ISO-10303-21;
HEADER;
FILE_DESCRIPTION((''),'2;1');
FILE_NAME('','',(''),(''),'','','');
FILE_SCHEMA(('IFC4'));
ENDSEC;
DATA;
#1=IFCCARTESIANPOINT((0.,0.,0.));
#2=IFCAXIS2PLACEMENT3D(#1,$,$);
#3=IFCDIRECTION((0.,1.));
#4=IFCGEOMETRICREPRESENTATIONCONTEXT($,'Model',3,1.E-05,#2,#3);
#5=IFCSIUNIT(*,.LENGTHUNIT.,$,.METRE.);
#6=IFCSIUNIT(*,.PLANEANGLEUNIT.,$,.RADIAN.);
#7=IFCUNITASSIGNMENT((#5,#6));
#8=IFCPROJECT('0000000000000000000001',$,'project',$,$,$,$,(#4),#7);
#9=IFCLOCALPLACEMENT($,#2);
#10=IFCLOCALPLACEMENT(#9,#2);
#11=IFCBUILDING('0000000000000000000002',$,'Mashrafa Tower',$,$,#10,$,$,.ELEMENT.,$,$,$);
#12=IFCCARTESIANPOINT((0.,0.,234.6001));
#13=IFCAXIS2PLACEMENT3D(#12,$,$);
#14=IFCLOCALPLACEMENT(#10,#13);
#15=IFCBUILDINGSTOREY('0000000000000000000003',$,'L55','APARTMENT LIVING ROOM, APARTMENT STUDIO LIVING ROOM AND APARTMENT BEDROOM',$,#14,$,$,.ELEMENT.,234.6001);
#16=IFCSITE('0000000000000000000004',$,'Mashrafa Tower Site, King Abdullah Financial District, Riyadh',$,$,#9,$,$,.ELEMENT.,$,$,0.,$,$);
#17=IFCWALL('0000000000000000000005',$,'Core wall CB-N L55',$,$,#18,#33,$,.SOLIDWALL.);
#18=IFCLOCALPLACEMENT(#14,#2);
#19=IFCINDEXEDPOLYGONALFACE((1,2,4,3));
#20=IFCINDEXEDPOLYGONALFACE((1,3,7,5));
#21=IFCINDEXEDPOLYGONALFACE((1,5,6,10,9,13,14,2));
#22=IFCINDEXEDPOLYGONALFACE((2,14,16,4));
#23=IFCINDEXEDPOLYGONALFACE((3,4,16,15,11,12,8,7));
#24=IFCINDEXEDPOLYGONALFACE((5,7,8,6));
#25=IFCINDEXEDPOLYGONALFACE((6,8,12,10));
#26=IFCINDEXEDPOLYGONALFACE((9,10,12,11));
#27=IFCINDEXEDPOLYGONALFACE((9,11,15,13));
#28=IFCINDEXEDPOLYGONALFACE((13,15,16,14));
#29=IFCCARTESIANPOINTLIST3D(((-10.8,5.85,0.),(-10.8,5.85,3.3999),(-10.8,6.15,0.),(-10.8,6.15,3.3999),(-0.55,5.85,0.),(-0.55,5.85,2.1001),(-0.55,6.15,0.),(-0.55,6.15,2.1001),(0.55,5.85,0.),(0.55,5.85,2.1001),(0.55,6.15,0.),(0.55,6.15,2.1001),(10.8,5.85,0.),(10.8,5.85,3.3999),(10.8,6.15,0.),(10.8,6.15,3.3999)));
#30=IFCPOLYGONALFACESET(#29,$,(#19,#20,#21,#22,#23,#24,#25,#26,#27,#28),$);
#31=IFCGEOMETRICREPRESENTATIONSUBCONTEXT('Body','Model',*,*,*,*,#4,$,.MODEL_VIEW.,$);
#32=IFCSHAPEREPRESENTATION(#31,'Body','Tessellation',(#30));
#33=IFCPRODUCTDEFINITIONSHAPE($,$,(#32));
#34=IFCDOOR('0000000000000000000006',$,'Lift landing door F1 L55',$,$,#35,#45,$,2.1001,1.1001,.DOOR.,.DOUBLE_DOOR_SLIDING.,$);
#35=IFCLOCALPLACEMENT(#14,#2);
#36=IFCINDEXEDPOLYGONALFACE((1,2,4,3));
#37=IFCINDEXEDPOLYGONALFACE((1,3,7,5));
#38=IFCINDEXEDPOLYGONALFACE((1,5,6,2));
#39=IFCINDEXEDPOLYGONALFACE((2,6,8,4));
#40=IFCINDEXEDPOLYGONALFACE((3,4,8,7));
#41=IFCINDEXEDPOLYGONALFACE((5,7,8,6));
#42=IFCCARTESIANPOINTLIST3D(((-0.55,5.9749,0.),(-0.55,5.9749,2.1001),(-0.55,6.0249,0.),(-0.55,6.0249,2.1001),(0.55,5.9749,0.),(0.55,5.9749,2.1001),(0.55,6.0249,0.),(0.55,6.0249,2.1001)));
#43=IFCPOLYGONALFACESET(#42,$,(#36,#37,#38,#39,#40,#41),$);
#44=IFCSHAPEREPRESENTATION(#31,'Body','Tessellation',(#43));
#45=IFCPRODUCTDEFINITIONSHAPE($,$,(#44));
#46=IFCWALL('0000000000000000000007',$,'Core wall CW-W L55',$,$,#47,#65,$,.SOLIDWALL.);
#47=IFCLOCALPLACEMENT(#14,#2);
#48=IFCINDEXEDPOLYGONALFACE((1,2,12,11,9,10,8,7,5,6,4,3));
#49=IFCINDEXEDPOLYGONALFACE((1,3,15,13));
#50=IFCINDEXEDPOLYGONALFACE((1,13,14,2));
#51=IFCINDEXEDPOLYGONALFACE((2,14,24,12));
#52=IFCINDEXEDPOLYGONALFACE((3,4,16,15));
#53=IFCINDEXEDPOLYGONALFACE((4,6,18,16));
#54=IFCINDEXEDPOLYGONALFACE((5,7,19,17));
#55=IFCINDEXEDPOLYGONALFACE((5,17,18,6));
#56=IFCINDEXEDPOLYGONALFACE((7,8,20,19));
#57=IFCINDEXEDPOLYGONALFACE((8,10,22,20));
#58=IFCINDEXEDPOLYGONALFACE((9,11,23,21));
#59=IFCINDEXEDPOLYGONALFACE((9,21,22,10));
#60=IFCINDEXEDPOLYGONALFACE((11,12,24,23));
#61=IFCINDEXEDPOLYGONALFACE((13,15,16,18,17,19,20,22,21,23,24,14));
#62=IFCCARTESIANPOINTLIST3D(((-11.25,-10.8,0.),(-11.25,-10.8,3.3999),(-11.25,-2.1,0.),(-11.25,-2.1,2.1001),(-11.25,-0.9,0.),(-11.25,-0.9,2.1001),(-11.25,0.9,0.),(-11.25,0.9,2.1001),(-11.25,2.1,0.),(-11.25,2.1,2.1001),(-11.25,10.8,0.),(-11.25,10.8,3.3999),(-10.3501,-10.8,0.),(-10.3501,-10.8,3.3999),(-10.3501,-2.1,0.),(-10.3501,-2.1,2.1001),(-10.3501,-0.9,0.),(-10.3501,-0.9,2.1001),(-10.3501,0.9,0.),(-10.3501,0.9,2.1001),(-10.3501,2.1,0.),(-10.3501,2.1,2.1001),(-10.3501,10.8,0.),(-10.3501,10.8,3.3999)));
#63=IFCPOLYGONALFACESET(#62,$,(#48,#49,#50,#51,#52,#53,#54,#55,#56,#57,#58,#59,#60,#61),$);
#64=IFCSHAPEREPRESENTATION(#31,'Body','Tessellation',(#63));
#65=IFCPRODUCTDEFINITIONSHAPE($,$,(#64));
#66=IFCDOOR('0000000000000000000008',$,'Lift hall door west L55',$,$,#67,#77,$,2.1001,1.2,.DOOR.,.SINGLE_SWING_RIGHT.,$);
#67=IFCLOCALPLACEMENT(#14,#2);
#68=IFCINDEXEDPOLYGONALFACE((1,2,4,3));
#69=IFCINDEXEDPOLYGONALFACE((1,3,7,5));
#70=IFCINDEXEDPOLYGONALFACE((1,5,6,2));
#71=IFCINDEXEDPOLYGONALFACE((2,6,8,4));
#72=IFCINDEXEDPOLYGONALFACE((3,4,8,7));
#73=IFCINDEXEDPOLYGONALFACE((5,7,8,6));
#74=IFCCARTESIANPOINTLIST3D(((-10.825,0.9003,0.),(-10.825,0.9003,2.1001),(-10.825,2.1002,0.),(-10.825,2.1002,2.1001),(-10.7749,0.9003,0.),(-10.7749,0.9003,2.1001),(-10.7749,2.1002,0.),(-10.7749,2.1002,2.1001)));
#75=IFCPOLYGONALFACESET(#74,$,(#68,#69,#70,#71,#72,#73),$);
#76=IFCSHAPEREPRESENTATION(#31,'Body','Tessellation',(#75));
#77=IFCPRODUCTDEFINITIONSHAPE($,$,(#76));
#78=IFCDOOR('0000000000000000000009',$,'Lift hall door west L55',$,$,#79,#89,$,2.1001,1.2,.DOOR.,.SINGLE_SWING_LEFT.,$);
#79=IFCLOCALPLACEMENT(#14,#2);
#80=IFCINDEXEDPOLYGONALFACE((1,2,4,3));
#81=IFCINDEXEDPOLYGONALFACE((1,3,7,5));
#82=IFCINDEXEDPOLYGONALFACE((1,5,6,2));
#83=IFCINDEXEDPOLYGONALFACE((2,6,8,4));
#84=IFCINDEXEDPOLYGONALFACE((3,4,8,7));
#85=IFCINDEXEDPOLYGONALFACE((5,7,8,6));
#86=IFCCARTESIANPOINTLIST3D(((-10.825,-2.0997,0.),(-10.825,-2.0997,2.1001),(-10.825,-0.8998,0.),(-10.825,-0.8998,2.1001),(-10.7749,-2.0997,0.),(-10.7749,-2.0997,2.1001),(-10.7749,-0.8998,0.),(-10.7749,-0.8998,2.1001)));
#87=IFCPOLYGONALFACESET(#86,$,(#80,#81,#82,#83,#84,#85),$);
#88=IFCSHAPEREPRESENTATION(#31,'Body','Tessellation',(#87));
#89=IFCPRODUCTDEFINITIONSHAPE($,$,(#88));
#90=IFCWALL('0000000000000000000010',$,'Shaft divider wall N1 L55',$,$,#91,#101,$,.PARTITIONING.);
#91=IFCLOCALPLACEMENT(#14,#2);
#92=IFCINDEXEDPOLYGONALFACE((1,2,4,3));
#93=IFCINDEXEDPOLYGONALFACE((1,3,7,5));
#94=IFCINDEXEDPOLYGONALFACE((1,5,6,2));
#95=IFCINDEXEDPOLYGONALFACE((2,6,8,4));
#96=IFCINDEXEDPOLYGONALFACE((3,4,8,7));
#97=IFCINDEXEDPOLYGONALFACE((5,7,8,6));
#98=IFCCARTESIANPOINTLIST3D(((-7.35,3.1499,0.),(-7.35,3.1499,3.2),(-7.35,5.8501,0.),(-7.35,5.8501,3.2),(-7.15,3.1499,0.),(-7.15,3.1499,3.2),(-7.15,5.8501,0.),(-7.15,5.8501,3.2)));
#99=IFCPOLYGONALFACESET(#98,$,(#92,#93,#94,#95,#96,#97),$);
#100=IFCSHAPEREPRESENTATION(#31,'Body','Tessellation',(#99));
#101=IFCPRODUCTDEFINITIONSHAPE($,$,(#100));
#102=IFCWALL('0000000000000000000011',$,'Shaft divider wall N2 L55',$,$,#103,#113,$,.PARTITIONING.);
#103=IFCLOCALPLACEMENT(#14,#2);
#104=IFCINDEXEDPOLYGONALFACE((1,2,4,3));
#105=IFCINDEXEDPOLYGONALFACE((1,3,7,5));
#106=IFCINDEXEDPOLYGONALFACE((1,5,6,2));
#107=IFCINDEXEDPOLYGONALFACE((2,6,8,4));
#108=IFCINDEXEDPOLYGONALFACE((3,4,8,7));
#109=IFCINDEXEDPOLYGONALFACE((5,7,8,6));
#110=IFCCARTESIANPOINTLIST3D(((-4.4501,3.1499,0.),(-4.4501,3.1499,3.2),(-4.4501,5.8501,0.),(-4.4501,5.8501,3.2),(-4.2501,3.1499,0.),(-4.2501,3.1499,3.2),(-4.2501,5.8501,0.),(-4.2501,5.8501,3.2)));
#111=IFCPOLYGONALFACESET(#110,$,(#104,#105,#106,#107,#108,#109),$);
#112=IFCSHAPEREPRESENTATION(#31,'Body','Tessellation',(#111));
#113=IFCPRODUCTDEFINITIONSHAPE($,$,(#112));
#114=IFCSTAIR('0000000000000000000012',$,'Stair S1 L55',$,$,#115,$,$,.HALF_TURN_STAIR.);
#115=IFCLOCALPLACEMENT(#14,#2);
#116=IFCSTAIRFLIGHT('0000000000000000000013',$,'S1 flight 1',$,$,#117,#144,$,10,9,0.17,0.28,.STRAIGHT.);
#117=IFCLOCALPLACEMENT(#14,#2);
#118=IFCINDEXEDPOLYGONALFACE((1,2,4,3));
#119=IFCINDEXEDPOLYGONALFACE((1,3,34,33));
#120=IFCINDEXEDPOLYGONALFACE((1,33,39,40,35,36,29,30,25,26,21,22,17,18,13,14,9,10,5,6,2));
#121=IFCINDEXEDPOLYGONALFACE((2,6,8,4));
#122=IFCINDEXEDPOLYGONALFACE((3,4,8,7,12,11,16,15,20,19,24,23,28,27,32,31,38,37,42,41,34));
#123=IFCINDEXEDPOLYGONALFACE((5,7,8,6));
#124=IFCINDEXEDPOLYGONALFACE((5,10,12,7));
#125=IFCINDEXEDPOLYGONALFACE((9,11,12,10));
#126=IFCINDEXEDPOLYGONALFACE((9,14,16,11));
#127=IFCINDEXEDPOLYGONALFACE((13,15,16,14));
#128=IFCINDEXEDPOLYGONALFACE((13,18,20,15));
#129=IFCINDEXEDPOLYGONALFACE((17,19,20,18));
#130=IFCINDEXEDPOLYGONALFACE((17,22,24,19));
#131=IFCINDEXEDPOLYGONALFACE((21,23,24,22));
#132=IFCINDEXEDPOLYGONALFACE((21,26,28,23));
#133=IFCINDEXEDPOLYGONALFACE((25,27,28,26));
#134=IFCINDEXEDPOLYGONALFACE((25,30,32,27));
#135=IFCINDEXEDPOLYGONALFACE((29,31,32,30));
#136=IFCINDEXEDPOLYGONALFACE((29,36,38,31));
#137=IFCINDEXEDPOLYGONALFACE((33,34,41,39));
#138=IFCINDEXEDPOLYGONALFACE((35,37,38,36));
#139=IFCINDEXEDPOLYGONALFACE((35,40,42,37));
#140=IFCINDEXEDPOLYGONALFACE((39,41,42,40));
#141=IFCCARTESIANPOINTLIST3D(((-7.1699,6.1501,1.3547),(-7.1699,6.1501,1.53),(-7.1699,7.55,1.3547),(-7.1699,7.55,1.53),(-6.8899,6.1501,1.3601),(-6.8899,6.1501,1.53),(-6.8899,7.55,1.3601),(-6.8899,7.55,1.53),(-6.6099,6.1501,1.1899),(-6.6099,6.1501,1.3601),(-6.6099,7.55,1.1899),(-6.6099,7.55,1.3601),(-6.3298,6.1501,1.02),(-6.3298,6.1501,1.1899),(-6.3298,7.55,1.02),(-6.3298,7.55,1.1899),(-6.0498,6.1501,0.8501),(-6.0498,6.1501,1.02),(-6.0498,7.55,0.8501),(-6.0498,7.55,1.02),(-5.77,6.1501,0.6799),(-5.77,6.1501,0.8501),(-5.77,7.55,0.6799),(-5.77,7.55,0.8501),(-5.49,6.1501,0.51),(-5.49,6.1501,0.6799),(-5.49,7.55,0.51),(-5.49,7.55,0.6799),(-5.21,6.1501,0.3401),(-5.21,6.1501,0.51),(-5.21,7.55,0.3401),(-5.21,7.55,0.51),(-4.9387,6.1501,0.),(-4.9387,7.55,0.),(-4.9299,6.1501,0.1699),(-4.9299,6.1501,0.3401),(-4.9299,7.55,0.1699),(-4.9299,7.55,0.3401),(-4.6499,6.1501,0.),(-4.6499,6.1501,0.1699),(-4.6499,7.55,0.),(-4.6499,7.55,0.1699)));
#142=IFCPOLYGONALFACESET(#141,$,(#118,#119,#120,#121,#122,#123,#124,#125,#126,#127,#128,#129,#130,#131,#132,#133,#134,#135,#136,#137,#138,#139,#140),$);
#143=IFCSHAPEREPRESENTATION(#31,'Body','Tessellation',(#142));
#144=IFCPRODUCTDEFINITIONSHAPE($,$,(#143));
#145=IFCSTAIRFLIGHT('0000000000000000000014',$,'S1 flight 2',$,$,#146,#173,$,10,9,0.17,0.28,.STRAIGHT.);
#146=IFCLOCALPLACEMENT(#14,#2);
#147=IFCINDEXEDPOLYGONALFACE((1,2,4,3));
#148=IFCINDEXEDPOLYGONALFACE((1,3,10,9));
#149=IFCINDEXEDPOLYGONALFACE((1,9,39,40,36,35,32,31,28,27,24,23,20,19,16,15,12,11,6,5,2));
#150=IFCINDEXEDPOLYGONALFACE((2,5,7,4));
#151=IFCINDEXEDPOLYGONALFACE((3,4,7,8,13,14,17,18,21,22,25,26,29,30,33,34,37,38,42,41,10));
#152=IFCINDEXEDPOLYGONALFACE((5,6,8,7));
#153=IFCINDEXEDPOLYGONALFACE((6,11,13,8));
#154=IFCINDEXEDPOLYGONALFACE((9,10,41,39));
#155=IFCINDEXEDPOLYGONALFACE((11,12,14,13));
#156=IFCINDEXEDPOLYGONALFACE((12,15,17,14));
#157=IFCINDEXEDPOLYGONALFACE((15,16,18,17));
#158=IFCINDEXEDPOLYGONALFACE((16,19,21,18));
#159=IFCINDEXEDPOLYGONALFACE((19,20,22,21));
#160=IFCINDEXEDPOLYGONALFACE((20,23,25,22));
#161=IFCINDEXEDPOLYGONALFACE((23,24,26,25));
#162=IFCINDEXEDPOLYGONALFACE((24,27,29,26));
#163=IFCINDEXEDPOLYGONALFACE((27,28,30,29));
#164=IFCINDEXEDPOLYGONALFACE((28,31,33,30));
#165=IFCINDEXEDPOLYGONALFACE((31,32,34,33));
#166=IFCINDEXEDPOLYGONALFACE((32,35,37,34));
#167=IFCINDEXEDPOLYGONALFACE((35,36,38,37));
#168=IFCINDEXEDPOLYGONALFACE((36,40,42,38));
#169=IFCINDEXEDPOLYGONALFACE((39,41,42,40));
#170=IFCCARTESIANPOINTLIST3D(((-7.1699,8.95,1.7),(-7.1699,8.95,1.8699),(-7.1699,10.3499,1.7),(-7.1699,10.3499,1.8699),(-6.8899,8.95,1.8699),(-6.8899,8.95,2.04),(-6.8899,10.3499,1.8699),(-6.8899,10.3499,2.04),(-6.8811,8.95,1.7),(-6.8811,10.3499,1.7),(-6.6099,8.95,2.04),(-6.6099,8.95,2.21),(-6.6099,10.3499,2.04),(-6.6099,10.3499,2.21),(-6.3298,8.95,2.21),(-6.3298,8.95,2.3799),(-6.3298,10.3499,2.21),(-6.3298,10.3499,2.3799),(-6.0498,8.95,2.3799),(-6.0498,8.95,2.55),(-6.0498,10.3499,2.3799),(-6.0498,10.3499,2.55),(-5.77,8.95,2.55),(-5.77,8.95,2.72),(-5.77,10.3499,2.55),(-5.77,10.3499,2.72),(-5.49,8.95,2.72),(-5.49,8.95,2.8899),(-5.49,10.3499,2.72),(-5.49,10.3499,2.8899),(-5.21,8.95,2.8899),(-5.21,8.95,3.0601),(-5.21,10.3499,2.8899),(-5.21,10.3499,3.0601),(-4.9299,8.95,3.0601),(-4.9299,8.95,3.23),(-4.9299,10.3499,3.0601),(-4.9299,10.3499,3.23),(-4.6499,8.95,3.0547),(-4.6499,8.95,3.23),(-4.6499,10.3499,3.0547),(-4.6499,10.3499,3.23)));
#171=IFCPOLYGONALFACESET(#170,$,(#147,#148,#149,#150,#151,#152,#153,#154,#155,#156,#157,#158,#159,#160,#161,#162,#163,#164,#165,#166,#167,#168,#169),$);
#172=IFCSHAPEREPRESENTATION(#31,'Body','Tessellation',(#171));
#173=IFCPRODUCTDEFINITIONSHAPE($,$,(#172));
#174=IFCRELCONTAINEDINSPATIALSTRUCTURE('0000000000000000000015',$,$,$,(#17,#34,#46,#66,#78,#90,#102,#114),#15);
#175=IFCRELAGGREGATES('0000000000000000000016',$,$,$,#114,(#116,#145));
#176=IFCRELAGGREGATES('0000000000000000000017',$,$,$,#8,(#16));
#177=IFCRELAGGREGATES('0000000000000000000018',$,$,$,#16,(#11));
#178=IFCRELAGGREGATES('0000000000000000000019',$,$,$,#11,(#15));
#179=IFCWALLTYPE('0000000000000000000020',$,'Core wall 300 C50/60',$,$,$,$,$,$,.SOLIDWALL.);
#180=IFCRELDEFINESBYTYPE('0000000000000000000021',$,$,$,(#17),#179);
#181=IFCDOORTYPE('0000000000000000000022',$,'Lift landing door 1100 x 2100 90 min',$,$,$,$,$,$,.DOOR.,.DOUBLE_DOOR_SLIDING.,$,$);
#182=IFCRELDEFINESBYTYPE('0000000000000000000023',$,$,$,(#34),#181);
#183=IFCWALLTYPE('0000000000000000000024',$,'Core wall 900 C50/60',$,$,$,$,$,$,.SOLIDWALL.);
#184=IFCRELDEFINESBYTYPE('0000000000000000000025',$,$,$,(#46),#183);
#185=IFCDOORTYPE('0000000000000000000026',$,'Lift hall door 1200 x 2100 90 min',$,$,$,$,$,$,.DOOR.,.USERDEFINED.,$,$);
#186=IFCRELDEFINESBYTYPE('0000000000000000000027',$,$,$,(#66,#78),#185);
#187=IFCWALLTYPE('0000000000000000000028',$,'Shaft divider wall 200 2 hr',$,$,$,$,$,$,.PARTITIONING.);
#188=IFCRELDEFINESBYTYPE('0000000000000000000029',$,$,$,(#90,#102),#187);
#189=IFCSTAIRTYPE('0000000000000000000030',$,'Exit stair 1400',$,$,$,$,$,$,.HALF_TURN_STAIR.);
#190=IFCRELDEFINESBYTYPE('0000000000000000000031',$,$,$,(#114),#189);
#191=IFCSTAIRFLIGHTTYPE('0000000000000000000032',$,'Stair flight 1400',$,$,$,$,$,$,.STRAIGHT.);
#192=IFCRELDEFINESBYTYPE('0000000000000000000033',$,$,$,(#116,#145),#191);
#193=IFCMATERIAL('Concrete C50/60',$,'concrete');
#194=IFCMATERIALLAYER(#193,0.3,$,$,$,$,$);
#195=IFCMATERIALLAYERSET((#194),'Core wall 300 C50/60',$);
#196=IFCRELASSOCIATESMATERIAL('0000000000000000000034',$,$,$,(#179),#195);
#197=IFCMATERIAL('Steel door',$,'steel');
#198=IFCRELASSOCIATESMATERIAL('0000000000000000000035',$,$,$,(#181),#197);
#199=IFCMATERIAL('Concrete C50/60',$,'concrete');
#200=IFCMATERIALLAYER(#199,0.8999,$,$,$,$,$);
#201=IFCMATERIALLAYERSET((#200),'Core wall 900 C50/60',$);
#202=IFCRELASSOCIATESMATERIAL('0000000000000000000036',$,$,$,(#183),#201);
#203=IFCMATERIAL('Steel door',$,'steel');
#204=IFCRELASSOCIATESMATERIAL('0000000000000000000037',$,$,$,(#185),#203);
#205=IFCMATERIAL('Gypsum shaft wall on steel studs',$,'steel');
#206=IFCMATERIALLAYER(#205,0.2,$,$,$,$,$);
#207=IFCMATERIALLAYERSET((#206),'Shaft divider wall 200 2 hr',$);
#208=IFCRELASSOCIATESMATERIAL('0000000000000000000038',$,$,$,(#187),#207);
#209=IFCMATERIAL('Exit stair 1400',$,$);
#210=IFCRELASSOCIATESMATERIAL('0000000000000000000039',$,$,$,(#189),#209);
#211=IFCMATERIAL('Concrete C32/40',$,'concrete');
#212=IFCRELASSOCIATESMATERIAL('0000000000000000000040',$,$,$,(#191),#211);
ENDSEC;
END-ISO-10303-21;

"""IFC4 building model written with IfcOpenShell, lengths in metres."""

from ifc_helpers import new_model, si_unit, direction, frame, frame_2d, origin, place, context, subcontext, project, spatial, polyline, rectangle, outline, extrude, material, layer, layer_set, type_object, element, fill, aggregate, save


model = new_model("IFC4")

# Units and contexts
model_context = context("Model", 3, precision=1e-05, world=origin(), true_north=direction((0.0, 1.0)))
body_context = subcontext(model_context, "Body", "Model", "MODEL_VIEW")
ifc_project = project(units=[si_unit("LENGTHUNIT", "METRE"), si_unit("PLANEANGLEUNIT", "RADIAN")], contexts=[model_context])

# Site, building, storey
site_placement = place(None, origin())
site = spatial("IfcSite", under=ifc_project, at=site_placement, Name="Mashrafa Tower Site, King Abdullah Financial District, Riyadh", CompositionType="ELEMENT", RefElevation=0.0)
building_placement = place(site_placement, origin())
building = spatial("IfcBuilding", under=site, at=building_placement, Name="Mashrafa Tower", CompositionType="ELEMENT")
storey_placement = place(building_placement, frame((0.0, 0.0, 234.6001)))
storey = spatial("IfcBuildingStorey", under=building, at=storey_placement, Name="L55", Description="APARTMENT LIVING ROOM, APARTMENT STUDIO LIVING ROOM AND APARTMENT BEDROOM", CompositionType="ELEMENT", Elevation=234.6001)

# Shared definitions
ifc_material_1 = material(Name="Concrete C50/60", Category="concrete")
ifc_layer_1 = layer(ifc_material_1, 0.3)
ifc_layer_set_1 = layer_set([ifc_layer_1], Name="Core wall 300 C50/60")
wall_type_1 = type_object("IfcWallType", Name="Core wall 300 C50/60", PredefinedType="SOLIDWALL", material=ifc_layer_set_1)

# Wall, opening, door
wall_1_placement = place(storey_placement, frame((-10.8, 6.0, 0.0), z_axis=(0.0, 0.0, 1.0), x_axis=(1.0, 0.0, 0.0)))
wall_1 = element("IfcWall", 1, at=wall_1_placement, inside=storey, type_object=wall_type_1, Name="Core wall CB-N L55", PredefinedType="SOLIDWALL", context=body_context, shape_type="SweptSolid", body=[
    extrude(rectangle(XDim=21.6001, YDim=0.3, at=frame_2d((10.8, 0.0))), origin(), (0.0, 0.0, 1.0), 3.3999),
])
opening_1_placement = place(wall_1_placement, frame((10.25, 0.0, 0.0)))
opening_1 = element("IfcOpeningElement", 2, at=opening_1_placement, cuts=wall_1, PredefinedType="OPENING", context=body_context, shape_type="SweptSolid", body=[
    extrude(rectangle(XDim=1.1001, YDim=2.1001, at=frame_2d((0.55, 1.05))), frame((0.0, 0.1599, 0.0), z_axis=(0.0, -1.0, 0.0), x_axis=(1.0, 0.0, 0.0)), (0.0, 0.0, 1.0), 0.3201),
])
ifc_material_2 = material(Name="Steel door", Category="steel")
door_type_1 = type_object("IfcDoorType", Name="Lift landing door 1100 x 2100 90 min", OperationType="DOUBLE_DOOR_SLIDING", PredefinedType="DOOR", material=ifc_material_2)
door_1_placement = place(opening_1_placement, origin())
door_1 = element("IfcDoor", 3, at=door_1_placement, inside=storey, type_object=door_type_1, Name="Lift landing door F1 L55", OperationType="DOUBLE_DOOR_SLIDING", OverallHeight=2.1001, OverallWidth=1.1001, PredefinedType="DOOR", context=body_context, shape_type="SweptSolid", body=[
    extrude(rectangle(XDim=1.1001, YDim=2.1001, at=frame_2d((0.55, 1.05))), frame((0.0, 0.0249, 0.0), z_axis=(0.0, -1.0, 0.0), x_axis=(1.0, 0.0, 0.0)), (0.0, 0.0, 1.0), 0.05),
])
fill(opening_1, door_1)

# Wall, openings, doors
ifc_material_3 = material(Name="Concrete C50/60", Category="concrete")
ifc_layer_2 = layer(ifc_material_3, 0.8999)
ifc_layer_set_2 = layer_set([ifc_layer_2], Name="Core wall 900 C50/60")
wall_type_2 = type_object("IfcWallType", Name="Core wall 900 C50/60", PredefinedType="SOLIDWALL", material=ifc_layer_set_2)
wall_2_placement = place(storey_placement, frame((-10.8, 10.8, 0.0), z_axis=(0.0, 0.0, 1.0), x_axis=(0.0, -1.0, 0.0)))
wall_2 = element("IfcWall", 4, at=wall_2_placement, inside=storey, type_object=wall_type_2, Name="Core wall CW-W L55", PredefinedType="SOLIDWALL", context=body_context, shape_type="SweptSolid", body=[
    extrude(rectangle(XDim=21.6001, YDim=0.8999, at=frame_2d((10.8, 0.0))), origin(), (0.0, 0.0, 1.0), 3.3999),
])
opening_2_placement = place(wall_2_placement, frame((8.7, 0.0, 0.0)))
opening_2 = element("IfcOpeningElement", 5, at=opening_2_placement, cuts=wall_2, PredefinedType="OPENING", context=body_context, shape_type="SweptSolid", body=[
    extrude(rectangle(XDim=1.2, YDim=2.1001, at=frame_2d((0.6001, 1.05))), frame((0.0, 0.46, 0.0), z_axis=(0.0, -1.0, 0.0), x_axis=(1.0, 0.0, 0.0)), (0.0, 0.0, 1.0), 0.9199),
])
opening_3_placement = place(wall_2_placement, frame((11.7, 0.0, 0.0)))
opening_3 = element("IfcOpeningElement", 6, at=opening_3_placement, cuts=wall_2, PredefinedType="OPENING", context=body_context, shape_type="SweptSolid", body=[
    extrude(rectangle(XDim=1.2, YDim=2.1001, at=frame_2d((0.6001, 1.05))), frame((0.0, 0.46, 0.0), z_axis=(0.0, -1.0, 0.0), x_axis=(1.0, 0.0, 0.0)), (0.0, 0.0, 1.0), 0.9199),
])
ifc_material_4 = material(Name="Steel door", Category="steel")
door_type_2 = type_object("IfcDoorType", Name="Lift hall door 1200 x 2100 90 min", OperationType="USERDEFINED", PredefinedType="DOOR", material=ifc_material_4)
door_2_placement = place(opening_2_placement, frame((1.2, 0.0, 0.0), z_axis=(0.0, 0.0, 1.0), x_axis=(-1.0, 0.0, 0.0)))
door_2 = element("IfcDoor", 7, at=door_2_placement, inside=storey, type_object=door_type_2, Name="Lift hall door west L55", OperationType="SINGLE_SWING_RIGHT", OverallHeight=2.1001, OverallWidth=1.2, PredefinedType="DOOR", context=body_context, shape_type="SweptSolid", body=[
    extrude(rectangle(XDim=1.2, YDim=2.1001, at=frame_2d((0.6001, 1.05))), frame((0.0, 0.0249, 0.0), z_axis=(0.0, -1.0, 0.0), x_axis=(1.0, 0.0, 0.0)), (0.0, 0.0, 1.0), 0.05),
])
fill(opening_2, door_2)
door_3_placement = place(opening_3_placement, frame((1.2, 0.0, 0.0), z_axis=(0.0, 0.0, 1.0), x_axis=(-1.0, 0.0, 0.0)))
door_3 = element("IfcDoor", 8, at=door_3_placement, inside=storey, type_object=door_type_2, Name="Lift hall door west L55", OperationType="SINGLE_SWING_LEFT", OverallHeight=2.1001, OverallWidth=1.2, PredefinedType="DOOR", context=body_context, shape_type="SweptSolid", body=[
    extrude(rectangle(XDim=1.2, YDim=2.1001, at=frame_2d((0.6001, 1.05))), frame((0.0, 0.0249, 0.0), z_axis=(0.0, -1.0, 0.0), x_axis=(1.0, 0.0, 0.0)), (0.0, 0.0, 1.0), 0.05),
])
fill(opening_3, door_3)

# Walls
ifc_material_5 = material(Name="Gypsum shaft wall on steel studs", Category="steel")
ifc_layer_3 = layer(ifc_material_5, 0.2)
ifc_layer_set_3 = layer_set([ifc_layer_3], Name="Shaft divider wall 200 2 hr")
wall_type_3 = type_object("IfcWallType", Name="Shaft divider wall 200 2 hr", PredefinedType="PARTITIONING", material=ifc_layer_set_3)
for number, where, z_axis, x_axis, name in (
    (9, (-7.25, 3.1499, 0.0), (0.0, 0.0, 1.0), (0.0, 1.0, 0.0), "Shaft divider wall N1 L55"),
    (10, (-4.3501, 3.1499, 0.0), (0.0, 0.0, 1.0), (0.0, 1.0, 0.0), "Shaft divider wall N2 L55"),
):
    element("IfcWall", number, at=place(storey_placement, frame(where, z_axis=z_axis, x_axis=x_axis)), inside=storey, type_object=wall_type_3, Name=name, PredefinedType="PARTITIONING", context=body_context, shape_type="SweptSolid", body=[
        extrude(rectangle(XDim=2.7002, YDim=0.2, at=frame_2d((1.3501, 0.0))), origin(), (0.0, 0.0, 1.0), 3.2),
    ])

# Stair, stair flights
ifc_material_6 = material(Name="Exit stair 1400")
stair_type = type_object("IfcStairType", Name="Exit stair 1400", PredefinedType="HALF_TURN_STAIR", material=ifc_material_6)
stair_placement = place(storey_placement, origin())
stair = element("IfcStair", 11, at=stair_placement, inside=storey, type_object=stair_type, Name="Stair S1 L55", PredefinedType="HALF_TURN_STAIR")
ifc_material_7 = material(Name="Concrete C32/40", Category="concrete")
stair_flight_type = type_object("IfcStairFlightType", Name="Stair flight 1400", PredefinedType="STRAIGHT", material=ifc_material_7)
stair_flight_1_placement = place(storey_placement, frame((-4.6499, 6.8501, 0.0), z_axis=(0.0, 0.0, 1.0), x_axis=(-1.0, 0.0, 0.0)))
stair_flight_1 = element("IfcStairFlight", 12, at=stair_flight_1_placement, type_object=stair_flight_type, Name="S1 flight 1", NumberOfRisers=10, NumberOfTreads=9, PredefinedType="STRAIGHT", RiserHeight=0.17, TreadLength=0.28, context=body_context, shape_type="SweptSolid", body=[
    extrude(outline(polyline([(0.0, 0.0), (0.0, 0.1699), (0.28, 0.1699), (0.28, 0.3401), (0.5601, 0.3401), (0.5601, 0.51), (0.8401, 0.51), (0.8401, 0.6799), (1.1201, 0.6799), (1.1201, 0.8501), (1.3999, 0.8501), (1.3999, 1.02), (1.6799, 1.02), (1.6799, 1.1899), (1.96, 1.1899), (1.96, 1.3601), (2.24, 1.3601), (2.24, 1.53), (2.52, 1.53), (2.52, 1.7), (2.52, 1.3547), (0.2888, 0.0), (0.0, 0.0)])), frame((0.0, 0.7, 0.0), z_axis=(0.0, -1.0, 0.0), x_axis=(1.0, 0.0, 0.0)), (0.0, 0.0, 1.0), 1.3999),
])
stair_flight_2_placement = place(storey_placement, frame((-7.1699, 9.6499, 1.7), z_axis=(0.0, 0.0, 1.0), x_axis=(1.0, 0.0, 0.0)))
stair_flight_2 = element("IfcStairFlight", 13, at=stair_flight_2_placement, type_object=stair_flight_type, Name="S1 flight 2", NumberOfRisers=10, NumberOfTreads=9, PredefinedType="STRAIGHT", RiserHeight=0.17, TreadLength=0.28, context=body_context, shape_type="SweptSolid", body=[
    extrude(outline(polyline([(0.0, 0.0), (0.0, 0.1699), (0.28, 0.1699), (0.28, 0.3401), (0.5601, 0.3401), (0.5601, 0.51), (0.8401, 0.51), (0.8401, 0.6799), (1.1201, 0.6799), (1.1201, 0.8501), (1.3999, 0.8501), (1.3999, 1.02), (1.6799, 1.02), (1.6799, 1.1899), (1.96, 1.1899), (1.96, 1.3601), (2.24, 1.3601), (2.24, 1.53), (2.52, 1.53), (2.52, 1.7), (2.52, 1.3547), (0.2888, 0.0), (0.0, 0.0)])), frame((0.0, 0.7, 0.0), z_axis=(0.0, -1.0, 0.0), x_axis=(1.0, 0.0, 0.0)), (0.0, 0.0, 1.0), 1.3999),
])
aggregate(stair, [stair_flight_1, stair_flight_2])

save(model, "model.ifc")
